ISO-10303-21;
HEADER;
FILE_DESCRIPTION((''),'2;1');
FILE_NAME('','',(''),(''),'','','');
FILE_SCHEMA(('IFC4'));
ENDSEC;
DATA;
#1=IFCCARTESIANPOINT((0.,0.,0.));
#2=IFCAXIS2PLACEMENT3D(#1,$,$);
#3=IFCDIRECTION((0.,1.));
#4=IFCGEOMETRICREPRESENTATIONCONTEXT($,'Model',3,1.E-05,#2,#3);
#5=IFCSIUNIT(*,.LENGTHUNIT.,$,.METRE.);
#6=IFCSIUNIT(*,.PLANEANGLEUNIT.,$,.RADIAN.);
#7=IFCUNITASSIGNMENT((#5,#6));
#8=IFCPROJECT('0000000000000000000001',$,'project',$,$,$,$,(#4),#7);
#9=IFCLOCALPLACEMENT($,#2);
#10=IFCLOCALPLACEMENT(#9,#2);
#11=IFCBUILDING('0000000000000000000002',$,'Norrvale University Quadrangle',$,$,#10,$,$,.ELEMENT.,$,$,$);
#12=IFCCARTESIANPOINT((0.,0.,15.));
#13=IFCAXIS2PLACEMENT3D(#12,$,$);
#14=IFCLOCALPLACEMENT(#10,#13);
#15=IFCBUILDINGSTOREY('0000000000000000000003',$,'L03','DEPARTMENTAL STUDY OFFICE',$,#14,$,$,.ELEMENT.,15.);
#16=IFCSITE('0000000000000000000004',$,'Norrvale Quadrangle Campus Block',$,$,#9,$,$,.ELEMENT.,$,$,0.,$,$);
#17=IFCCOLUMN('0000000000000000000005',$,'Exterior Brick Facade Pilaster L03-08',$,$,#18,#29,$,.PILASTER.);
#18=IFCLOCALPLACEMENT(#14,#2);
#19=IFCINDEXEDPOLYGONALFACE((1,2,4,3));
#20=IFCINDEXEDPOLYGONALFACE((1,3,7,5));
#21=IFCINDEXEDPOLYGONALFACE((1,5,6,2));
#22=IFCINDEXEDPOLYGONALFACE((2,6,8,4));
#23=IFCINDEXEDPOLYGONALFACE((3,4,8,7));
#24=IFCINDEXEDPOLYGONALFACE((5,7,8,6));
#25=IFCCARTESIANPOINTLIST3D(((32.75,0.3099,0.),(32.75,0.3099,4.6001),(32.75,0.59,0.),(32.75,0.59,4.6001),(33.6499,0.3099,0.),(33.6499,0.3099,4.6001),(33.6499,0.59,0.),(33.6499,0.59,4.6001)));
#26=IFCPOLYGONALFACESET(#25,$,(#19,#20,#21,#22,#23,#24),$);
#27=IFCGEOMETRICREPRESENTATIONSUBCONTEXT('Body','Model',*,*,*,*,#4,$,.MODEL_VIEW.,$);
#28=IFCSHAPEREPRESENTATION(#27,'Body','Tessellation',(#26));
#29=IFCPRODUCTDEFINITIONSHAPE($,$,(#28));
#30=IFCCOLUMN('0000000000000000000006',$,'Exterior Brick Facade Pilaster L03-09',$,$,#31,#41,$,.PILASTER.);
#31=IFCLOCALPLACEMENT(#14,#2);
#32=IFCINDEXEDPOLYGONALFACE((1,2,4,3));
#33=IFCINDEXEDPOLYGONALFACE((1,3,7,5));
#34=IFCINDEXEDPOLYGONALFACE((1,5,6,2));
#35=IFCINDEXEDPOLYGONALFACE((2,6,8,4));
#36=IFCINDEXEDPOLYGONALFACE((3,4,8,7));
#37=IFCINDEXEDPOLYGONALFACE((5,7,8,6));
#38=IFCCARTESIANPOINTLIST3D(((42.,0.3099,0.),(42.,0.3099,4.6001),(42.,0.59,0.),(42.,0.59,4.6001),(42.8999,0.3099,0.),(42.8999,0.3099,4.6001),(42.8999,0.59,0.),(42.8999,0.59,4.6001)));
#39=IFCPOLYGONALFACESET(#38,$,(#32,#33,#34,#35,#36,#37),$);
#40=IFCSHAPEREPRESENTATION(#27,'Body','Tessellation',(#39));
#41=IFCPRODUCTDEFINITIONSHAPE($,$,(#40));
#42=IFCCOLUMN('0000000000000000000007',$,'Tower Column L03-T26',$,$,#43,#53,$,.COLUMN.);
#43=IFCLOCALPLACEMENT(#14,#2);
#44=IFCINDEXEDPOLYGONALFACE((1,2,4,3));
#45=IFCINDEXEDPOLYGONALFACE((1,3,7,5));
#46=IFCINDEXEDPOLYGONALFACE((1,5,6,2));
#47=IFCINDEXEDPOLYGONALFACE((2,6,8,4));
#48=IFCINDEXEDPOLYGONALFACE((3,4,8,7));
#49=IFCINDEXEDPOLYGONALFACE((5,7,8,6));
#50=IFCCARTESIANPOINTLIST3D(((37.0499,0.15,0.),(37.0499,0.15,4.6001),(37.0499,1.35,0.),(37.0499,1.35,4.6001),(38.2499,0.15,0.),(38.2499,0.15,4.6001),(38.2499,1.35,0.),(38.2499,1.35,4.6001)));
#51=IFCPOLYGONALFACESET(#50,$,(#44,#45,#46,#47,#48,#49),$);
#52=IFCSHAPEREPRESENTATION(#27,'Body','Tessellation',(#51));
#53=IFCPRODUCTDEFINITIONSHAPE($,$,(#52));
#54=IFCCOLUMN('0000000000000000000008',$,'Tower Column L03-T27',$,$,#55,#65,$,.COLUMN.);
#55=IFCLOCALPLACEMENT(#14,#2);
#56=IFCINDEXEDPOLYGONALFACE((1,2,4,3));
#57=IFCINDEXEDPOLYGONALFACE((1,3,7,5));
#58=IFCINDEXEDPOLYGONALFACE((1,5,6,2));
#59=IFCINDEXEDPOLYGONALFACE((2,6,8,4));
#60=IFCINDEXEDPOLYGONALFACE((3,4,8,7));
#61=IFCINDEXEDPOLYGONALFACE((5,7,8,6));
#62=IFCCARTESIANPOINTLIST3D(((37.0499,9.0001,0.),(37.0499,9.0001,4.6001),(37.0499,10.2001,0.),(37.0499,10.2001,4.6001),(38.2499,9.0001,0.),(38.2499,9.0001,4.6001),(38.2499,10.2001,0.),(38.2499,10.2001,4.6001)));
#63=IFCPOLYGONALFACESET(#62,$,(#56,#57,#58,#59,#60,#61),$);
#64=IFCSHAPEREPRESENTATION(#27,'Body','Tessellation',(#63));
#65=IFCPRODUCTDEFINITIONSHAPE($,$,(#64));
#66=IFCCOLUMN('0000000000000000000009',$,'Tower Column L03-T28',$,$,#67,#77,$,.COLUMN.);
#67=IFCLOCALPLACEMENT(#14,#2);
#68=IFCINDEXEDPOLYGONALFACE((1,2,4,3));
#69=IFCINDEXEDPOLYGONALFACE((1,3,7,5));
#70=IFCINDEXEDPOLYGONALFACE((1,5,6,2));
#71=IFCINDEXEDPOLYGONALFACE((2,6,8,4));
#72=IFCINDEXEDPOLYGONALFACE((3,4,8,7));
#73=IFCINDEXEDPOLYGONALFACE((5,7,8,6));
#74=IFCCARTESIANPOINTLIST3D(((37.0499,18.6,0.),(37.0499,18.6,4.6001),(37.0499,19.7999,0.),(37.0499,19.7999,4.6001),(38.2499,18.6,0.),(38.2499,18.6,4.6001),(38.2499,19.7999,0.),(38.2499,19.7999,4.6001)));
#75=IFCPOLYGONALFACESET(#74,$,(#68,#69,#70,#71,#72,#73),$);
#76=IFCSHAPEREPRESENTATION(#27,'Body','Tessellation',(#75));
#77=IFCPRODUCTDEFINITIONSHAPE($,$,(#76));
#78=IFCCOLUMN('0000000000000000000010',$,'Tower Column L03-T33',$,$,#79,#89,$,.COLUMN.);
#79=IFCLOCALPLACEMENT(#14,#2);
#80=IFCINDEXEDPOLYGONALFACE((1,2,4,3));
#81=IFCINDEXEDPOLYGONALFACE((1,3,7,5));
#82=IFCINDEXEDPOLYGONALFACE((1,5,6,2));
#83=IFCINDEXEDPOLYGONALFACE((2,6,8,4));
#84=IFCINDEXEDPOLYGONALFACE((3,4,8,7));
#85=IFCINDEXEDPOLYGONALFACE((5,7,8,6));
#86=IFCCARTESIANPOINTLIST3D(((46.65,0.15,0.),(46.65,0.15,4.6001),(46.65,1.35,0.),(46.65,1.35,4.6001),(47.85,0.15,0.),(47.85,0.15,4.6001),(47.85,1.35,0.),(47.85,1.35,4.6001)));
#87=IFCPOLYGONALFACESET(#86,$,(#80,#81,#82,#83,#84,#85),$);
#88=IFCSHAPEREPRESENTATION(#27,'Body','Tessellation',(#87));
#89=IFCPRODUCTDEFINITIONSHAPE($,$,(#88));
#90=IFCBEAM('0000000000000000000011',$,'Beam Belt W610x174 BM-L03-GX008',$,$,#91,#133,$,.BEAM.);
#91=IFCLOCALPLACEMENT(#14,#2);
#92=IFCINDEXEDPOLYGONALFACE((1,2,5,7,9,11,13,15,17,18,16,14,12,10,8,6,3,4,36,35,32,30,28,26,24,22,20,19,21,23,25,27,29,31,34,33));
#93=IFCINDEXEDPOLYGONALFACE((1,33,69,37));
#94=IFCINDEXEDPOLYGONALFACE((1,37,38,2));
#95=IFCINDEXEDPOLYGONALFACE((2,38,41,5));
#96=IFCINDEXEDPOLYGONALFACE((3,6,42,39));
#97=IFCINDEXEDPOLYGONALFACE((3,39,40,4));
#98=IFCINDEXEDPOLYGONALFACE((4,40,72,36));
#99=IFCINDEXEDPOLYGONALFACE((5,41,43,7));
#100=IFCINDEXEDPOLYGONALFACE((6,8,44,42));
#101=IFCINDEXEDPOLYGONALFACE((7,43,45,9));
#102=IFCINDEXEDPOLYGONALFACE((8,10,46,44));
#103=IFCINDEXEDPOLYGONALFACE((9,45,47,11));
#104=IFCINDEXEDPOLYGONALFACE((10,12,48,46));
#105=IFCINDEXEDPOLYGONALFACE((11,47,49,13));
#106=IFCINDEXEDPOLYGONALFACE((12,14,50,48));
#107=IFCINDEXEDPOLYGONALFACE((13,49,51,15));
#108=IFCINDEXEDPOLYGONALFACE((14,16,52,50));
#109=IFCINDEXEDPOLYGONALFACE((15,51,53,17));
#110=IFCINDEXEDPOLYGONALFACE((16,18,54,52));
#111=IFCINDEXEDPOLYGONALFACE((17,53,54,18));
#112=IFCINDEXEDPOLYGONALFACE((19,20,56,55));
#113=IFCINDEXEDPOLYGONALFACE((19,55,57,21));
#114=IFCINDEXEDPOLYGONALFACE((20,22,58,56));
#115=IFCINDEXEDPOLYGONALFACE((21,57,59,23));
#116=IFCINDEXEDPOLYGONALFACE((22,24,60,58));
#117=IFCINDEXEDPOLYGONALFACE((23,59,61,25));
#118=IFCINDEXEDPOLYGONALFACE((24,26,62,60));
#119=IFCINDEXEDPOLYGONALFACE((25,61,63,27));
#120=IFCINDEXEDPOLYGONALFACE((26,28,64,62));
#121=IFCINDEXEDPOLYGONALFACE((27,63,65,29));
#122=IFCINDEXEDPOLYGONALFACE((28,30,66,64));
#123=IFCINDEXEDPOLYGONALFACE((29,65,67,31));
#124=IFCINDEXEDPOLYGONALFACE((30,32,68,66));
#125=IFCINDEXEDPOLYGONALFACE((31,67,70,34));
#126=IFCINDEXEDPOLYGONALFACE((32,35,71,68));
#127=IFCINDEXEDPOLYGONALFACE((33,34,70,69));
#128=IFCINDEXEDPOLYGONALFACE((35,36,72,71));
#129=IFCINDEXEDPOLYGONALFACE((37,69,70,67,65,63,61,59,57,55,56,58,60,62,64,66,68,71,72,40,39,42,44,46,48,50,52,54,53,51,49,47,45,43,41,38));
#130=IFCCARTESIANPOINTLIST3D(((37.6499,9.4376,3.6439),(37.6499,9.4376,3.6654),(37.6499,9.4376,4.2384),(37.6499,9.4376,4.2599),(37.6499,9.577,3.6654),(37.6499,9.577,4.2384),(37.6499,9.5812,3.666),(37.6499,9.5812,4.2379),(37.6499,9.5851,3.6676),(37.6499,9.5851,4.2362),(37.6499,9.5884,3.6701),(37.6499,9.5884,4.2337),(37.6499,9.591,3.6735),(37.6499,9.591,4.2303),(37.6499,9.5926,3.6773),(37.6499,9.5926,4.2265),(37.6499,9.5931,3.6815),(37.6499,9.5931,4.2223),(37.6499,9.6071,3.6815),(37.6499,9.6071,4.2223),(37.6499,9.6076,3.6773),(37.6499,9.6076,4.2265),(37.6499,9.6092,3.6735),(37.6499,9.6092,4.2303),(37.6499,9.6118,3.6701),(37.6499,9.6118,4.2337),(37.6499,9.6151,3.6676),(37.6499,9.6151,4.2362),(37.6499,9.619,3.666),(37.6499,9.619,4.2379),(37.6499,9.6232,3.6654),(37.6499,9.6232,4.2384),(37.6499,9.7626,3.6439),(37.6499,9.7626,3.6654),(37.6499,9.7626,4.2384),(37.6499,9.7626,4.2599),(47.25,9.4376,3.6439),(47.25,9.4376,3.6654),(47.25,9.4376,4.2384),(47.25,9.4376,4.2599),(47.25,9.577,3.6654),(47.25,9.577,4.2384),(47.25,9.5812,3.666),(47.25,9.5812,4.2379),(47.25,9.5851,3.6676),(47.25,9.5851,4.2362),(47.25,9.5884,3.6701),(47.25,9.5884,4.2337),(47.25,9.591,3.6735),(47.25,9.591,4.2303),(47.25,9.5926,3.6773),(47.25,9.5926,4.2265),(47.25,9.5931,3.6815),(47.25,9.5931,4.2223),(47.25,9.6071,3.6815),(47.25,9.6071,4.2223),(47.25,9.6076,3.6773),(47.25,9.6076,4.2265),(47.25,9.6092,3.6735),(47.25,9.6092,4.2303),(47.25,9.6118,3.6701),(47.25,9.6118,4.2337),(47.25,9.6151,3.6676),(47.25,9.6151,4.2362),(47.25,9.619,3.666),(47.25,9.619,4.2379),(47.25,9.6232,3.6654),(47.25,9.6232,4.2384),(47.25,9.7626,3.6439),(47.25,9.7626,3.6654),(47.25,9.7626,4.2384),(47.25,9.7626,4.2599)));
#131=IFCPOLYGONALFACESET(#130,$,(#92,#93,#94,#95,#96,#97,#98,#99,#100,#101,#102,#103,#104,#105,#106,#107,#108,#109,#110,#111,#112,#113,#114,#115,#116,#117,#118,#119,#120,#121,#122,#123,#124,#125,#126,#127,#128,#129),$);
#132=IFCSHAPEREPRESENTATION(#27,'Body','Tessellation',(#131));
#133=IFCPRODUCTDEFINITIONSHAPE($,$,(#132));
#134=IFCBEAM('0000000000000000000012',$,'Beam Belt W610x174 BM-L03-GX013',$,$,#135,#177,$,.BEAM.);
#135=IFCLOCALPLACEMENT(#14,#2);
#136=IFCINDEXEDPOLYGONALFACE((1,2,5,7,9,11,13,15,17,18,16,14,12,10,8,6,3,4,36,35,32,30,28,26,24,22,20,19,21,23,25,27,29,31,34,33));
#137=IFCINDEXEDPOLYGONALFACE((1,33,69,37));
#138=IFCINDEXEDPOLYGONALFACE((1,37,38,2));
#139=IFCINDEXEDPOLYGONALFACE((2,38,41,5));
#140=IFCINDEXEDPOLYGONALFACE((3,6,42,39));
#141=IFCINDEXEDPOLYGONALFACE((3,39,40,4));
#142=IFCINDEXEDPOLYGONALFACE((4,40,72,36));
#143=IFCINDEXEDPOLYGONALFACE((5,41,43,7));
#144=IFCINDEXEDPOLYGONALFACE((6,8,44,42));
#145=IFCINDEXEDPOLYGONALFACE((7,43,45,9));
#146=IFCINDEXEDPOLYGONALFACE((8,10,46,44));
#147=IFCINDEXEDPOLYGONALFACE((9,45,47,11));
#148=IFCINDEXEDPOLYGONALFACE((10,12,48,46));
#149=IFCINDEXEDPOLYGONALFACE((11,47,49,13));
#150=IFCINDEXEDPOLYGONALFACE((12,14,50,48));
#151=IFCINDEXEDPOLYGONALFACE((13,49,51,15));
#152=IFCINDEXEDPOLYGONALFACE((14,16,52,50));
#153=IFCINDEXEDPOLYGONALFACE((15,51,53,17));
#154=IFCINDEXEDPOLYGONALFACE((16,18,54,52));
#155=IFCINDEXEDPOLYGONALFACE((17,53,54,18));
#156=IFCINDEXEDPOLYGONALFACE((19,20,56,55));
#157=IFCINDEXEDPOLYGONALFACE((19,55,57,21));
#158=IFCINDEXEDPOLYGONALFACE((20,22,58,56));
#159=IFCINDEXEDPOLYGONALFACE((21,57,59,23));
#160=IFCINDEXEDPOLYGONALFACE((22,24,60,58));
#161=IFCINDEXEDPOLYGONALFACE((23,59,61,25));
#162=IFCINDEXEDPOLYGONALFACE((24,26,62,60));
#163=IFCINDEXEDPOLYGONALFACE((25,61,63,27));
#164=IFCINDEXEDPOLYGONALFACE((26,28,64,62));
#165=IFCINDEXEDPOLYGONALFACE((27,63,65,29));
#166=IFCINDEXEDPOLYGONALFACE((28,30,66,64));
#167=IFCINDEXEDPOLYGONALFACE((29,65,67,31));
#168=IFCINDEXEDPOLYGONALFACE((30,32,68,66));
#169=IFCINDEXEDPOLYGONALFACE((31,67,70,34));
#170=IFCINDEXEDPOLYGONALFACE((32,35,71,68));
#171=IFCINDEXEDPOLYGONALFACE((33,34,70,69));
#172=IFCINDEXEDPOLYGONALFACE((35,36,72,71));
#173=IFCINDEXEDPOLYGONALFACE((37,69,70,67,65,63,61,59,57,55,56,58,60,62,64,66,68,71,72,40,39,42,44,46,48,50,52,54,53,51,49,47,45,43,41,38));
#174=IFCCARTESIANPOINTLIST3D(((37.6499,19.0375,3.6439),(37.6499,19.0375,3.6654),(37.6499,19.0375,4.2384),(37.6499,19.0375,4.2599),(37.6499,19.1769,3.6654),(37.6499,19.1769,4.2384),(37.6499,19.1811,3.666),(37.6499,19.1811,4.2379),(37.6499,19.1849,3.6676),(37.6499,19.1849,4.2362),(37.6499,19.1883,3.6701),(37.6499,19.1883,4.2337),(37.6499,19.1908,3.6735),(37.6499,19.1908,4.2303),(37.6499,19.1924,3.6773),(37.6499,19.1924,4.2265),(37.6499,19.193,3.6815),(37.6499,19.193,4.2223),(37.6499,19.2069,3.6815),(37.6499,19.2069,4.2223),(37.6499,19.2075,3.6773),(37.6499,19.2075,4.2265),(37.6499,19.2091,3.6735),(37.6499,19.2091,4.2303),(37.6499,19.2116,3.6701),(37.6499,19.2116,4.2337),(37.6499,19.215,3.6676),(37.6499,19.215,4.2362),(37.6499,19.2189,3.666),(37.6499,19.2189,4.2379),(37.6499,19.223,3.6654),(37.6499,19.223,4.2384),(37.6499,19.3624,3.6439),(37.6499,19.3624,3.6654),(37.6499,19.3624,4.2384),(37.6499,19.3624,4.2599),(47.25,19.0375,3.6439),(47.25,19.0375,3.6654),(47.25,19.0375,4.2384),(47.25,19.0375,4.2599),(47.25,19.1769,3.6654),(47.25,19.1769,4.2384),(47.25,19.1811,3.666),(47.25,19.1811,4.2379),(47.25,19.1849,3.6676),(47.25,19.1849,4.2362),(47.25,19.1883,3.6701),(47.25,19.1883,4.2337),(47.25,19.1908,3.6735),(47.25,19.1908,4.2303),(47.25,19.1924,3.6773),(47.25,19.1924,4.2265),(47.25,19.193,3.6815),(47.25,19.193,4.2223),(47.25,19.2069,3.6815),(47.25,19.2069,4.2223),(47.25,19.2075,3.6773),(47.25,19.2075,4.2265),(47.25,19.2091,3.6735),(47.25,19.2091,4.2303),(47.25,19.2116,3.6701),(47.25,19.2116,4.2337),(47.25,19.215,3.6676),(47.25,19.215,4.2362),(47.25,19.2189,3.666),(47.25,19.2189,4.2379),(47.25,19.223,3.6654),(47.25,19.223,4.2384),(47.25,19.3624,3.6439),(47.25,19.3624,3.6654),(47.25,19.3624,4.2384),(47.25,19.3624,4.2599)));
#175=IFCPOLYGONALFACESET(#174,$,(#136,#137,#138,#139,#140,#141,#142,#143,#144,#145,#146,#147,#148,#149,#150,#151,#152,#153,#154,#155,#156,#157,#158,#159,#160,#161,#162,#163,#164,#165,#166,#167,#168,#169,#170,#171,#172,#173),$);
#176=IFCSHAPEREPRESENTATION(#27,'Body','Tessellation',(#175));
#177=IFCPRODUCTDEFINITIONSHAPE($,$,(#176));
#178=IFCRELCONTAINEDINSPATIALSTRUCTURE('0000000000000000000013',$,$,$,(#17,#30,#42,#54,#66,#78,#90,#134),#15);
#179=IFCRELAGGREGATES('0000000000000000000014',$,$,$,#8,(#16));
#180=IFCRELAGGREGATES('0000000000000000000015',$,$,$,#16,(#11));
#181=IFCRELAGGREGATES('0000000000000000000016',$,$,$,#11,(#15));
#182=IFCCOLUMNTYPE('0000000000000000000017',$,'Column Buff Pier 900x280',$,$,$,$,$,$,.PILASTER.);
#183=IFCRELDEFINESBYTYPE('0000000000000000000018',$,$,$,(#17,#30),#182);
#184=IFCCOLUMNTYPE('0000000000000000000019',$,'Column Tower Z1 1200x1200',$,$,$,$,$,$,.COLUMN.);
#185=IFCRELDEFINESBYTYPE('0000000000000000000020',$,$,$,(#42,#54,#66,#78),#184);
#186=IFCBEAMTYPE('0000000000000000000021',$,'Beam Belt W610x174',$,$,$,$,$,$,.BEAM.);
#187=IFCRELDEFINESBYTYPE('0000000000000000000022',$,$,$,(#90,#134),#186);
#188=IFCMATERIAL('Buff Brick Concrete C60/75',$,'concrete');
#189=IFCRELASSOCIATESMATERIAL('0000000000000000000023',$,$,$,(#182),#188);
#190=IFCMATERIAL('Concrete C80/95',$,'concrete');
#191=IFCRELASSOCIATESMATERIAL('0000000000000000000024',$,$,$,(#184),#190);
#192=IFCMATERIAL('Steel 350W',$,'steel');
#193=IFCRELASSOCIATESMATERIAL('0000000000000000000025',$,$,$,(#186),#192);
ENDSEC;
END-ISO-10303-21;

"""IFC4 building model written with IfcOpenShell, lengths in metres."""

from ifc_helpers import new_model, si_unit, direction, frame, origin, origin_2d, place, context, subcontext, project, spatial, rectangle, i_section, extrude, material, material_profile, profile_set, type_object, element, save


model = new_model("IFC4")

# Units and contexts
model_context = context("Model", 3, precision=1e-05, world=origin(), true_north=direction((0.0, 1.0)))
body_context = subcontext(model_context, "Body", "Model", "MODEL_VIEW")
ifc_project = project(units=[si_unit("LENGTHUNIT", "METRE"), si_unit("PLANEANGLEUNIT", "RADIAN")], contexts=[model_context])

# Site, building, storey
site_placement = place(None, origin())
site = spatial("IfcSite", under=ifc_project, at=site_placement, Name="Norrvale Quadrangle Campus Block", CompositionType="ELEMENT", RefElevation=0.0)
building_placement = place(site_placement, origin())
building = spatial("IfcBuilding", under=site, at=building_placement, Name="Norrvale University Quadrangle", CompositionType="ELEMENT")
storey_placement = place(building_placement, frame((0.0, 0.0, 15.0)))
storey = spatial("IfcBuildingStorey", under=building, at=storey_placement, Name="L03", Description="DEPARTMENTAL STUDY OFFICE", CompositionType="ELEMENT", Elevation=15.0)

# Columns
ifc_material_1 = material(Name="Buff Brick Concrete C60/75", Category="concrete")
ifc_material_profile_1 = material_profile(ifc_material_1, rectangle(XDim=0.8999, YDim=0.28, at=origin_2d()), Name="Buff Brick Concrete C60/75")
ifc_profile_set_1 = profile_set([ifc_material_profile_1], Name="Buff Brick Concrete C60/75")
column_type_1 = type_object("IfcColumnType", Name="Column Buff Pier 900x280", PredefinedType="PILASTER", material=ifc_profile_set_1)
for number, where, z_axis, x_axis, name in (
    (1, (33.2, 0.45, 0.0), (0.0, 0.0, 1.0), (1.0, 0.0, 0.0), "Exterior Brick Facade Pilaster L03-08"),
    (2, (42.45, 0.45, 0.0), (0.0, 0.0, 1.0), (1.0, 0.0, 0.0), "Exterior Brick Facade Pilaster L03-09"),
):
    element("IfcColumn", number, at=place(storey_placement, frame(where, z_axis=z_axis, x_axis=x_axis)), inside=storey, type_object=column_type_1, Name=name, PredefinedType="PILASTER", context=body_context, shape_type="SweptSolid", body=[
        extrude(rectangle(XDim=0.8999, YDim=0.28, at=origin_2d()), origin(), (0.0, 0.0, 1.0), 4.6001),
    ])
ifc_material_2 = material(Name="Concrete C80/95", Category="concrete")
ifc_material_profile_2 = material_profile(ifc_material_2, rectangle(XDim=1.2, YDim=1.2, at=origin_2d()), Name="Concrete C80/95")
ifc_profile_set_2 = profile_set([ifc_material_profile_2], Name="Concrete C80/95")
column_type_2 = type_object("IfcColumnType", Name="Column Tower Z1 1200x1200", PredefinedType="COLUMN", material=ifc_profile_set_2)
for number, where, z_axis, x_axis, name in (
    (3, (37.6499, 0.75, 0.0), (0.0, 0.0, 1.0), (1.0, 0.0, 0.0), "Tower Column L03-T26"),
    (4, (37.6499, 9.6001, 0.0), (0.0, 0.0, 1.0), (1.0, 0.0, 0.0), "Tower Column L03-T27"),
    (5, (37.6499, 19.2, 0.0), (0.0, 0.0, 1.0), (1.0, 0.0, 0.0), "Tower Column L03-T28"),
    (6, (47.25, 0.75, 0.0), (0.0, 0.0, 1.0), (1.0, 0.0, 0.0), "Tower Column L03-T33"),
):
    element("IfcColumn", number, at=place(storey_placement, frame(where, z_axis=z_axis, x_axis=x_axis)), inside=storey, type_object=column_type_2, Name=name, PredefinedType="COLUMN", context=body_context, shape_type="SweptSolid", body=[
        extrude(rectangle(XDim=1.2, YDim=1.2, at=origin_2d()), origin(), (0.0, 0.0, 1.0), 4.6001),
    ])

# Beams
ifc_material_3 = material(Name="Steel 350W", Category="steel")
ifc_material_profile_3 = material_profile(ifc_material_3, i_section(OverallWidth=0.325, OverallDepth=0.616, WebThickness=0.0139, FlangeThickness=0.0215, FilletRadius=0.0161, at=origin_2d()), Name="Steel 350W")
ifc_profile_set_3 = profile_set([ifc_material_profile_3], Name="Steel 350W")
beam_type_1 = type_object("IfcBeamType", Name="Beam Belt W610x174", PredefinedType="BEAM", material=ifc_profile_set_3)
for number, where, z_axis, x_axis, name in (
    (7, (37.6499, 9.6001, 3.9519), (1.0, 0.0, 0.0), (0.0, 1.0, 0.0), "Beam Belt W610x174 BM-L03-GX008"),
    (8, (37.6499, 19.2, 3.9519), (1.0, 0.0, 0.0), (0.0, 1.0, 0.0), "Beam Belt W610x174 BM-L03-GX013"),
):
    element("IfcBeam", number, at=place(storey_placement, frame(where, z_axis=z_axis, x_axis=x_axis)), inside=storey, type_object=beam_type_1, Name=name, PredefinedType="BEAM", context=body_context, shape_type="SweptSolid", body=[
        extrude(i_section(OverallWidth=0.325, OverallDepth=0.616, WebThickness=0.0139, FlangeThickness=0.0215, FilletRadius=0.0161, at=origin_2d()), origin(), (0.0, 0.0, 1.0), 9.6001),
    ])

save(model, "model.ifc")
